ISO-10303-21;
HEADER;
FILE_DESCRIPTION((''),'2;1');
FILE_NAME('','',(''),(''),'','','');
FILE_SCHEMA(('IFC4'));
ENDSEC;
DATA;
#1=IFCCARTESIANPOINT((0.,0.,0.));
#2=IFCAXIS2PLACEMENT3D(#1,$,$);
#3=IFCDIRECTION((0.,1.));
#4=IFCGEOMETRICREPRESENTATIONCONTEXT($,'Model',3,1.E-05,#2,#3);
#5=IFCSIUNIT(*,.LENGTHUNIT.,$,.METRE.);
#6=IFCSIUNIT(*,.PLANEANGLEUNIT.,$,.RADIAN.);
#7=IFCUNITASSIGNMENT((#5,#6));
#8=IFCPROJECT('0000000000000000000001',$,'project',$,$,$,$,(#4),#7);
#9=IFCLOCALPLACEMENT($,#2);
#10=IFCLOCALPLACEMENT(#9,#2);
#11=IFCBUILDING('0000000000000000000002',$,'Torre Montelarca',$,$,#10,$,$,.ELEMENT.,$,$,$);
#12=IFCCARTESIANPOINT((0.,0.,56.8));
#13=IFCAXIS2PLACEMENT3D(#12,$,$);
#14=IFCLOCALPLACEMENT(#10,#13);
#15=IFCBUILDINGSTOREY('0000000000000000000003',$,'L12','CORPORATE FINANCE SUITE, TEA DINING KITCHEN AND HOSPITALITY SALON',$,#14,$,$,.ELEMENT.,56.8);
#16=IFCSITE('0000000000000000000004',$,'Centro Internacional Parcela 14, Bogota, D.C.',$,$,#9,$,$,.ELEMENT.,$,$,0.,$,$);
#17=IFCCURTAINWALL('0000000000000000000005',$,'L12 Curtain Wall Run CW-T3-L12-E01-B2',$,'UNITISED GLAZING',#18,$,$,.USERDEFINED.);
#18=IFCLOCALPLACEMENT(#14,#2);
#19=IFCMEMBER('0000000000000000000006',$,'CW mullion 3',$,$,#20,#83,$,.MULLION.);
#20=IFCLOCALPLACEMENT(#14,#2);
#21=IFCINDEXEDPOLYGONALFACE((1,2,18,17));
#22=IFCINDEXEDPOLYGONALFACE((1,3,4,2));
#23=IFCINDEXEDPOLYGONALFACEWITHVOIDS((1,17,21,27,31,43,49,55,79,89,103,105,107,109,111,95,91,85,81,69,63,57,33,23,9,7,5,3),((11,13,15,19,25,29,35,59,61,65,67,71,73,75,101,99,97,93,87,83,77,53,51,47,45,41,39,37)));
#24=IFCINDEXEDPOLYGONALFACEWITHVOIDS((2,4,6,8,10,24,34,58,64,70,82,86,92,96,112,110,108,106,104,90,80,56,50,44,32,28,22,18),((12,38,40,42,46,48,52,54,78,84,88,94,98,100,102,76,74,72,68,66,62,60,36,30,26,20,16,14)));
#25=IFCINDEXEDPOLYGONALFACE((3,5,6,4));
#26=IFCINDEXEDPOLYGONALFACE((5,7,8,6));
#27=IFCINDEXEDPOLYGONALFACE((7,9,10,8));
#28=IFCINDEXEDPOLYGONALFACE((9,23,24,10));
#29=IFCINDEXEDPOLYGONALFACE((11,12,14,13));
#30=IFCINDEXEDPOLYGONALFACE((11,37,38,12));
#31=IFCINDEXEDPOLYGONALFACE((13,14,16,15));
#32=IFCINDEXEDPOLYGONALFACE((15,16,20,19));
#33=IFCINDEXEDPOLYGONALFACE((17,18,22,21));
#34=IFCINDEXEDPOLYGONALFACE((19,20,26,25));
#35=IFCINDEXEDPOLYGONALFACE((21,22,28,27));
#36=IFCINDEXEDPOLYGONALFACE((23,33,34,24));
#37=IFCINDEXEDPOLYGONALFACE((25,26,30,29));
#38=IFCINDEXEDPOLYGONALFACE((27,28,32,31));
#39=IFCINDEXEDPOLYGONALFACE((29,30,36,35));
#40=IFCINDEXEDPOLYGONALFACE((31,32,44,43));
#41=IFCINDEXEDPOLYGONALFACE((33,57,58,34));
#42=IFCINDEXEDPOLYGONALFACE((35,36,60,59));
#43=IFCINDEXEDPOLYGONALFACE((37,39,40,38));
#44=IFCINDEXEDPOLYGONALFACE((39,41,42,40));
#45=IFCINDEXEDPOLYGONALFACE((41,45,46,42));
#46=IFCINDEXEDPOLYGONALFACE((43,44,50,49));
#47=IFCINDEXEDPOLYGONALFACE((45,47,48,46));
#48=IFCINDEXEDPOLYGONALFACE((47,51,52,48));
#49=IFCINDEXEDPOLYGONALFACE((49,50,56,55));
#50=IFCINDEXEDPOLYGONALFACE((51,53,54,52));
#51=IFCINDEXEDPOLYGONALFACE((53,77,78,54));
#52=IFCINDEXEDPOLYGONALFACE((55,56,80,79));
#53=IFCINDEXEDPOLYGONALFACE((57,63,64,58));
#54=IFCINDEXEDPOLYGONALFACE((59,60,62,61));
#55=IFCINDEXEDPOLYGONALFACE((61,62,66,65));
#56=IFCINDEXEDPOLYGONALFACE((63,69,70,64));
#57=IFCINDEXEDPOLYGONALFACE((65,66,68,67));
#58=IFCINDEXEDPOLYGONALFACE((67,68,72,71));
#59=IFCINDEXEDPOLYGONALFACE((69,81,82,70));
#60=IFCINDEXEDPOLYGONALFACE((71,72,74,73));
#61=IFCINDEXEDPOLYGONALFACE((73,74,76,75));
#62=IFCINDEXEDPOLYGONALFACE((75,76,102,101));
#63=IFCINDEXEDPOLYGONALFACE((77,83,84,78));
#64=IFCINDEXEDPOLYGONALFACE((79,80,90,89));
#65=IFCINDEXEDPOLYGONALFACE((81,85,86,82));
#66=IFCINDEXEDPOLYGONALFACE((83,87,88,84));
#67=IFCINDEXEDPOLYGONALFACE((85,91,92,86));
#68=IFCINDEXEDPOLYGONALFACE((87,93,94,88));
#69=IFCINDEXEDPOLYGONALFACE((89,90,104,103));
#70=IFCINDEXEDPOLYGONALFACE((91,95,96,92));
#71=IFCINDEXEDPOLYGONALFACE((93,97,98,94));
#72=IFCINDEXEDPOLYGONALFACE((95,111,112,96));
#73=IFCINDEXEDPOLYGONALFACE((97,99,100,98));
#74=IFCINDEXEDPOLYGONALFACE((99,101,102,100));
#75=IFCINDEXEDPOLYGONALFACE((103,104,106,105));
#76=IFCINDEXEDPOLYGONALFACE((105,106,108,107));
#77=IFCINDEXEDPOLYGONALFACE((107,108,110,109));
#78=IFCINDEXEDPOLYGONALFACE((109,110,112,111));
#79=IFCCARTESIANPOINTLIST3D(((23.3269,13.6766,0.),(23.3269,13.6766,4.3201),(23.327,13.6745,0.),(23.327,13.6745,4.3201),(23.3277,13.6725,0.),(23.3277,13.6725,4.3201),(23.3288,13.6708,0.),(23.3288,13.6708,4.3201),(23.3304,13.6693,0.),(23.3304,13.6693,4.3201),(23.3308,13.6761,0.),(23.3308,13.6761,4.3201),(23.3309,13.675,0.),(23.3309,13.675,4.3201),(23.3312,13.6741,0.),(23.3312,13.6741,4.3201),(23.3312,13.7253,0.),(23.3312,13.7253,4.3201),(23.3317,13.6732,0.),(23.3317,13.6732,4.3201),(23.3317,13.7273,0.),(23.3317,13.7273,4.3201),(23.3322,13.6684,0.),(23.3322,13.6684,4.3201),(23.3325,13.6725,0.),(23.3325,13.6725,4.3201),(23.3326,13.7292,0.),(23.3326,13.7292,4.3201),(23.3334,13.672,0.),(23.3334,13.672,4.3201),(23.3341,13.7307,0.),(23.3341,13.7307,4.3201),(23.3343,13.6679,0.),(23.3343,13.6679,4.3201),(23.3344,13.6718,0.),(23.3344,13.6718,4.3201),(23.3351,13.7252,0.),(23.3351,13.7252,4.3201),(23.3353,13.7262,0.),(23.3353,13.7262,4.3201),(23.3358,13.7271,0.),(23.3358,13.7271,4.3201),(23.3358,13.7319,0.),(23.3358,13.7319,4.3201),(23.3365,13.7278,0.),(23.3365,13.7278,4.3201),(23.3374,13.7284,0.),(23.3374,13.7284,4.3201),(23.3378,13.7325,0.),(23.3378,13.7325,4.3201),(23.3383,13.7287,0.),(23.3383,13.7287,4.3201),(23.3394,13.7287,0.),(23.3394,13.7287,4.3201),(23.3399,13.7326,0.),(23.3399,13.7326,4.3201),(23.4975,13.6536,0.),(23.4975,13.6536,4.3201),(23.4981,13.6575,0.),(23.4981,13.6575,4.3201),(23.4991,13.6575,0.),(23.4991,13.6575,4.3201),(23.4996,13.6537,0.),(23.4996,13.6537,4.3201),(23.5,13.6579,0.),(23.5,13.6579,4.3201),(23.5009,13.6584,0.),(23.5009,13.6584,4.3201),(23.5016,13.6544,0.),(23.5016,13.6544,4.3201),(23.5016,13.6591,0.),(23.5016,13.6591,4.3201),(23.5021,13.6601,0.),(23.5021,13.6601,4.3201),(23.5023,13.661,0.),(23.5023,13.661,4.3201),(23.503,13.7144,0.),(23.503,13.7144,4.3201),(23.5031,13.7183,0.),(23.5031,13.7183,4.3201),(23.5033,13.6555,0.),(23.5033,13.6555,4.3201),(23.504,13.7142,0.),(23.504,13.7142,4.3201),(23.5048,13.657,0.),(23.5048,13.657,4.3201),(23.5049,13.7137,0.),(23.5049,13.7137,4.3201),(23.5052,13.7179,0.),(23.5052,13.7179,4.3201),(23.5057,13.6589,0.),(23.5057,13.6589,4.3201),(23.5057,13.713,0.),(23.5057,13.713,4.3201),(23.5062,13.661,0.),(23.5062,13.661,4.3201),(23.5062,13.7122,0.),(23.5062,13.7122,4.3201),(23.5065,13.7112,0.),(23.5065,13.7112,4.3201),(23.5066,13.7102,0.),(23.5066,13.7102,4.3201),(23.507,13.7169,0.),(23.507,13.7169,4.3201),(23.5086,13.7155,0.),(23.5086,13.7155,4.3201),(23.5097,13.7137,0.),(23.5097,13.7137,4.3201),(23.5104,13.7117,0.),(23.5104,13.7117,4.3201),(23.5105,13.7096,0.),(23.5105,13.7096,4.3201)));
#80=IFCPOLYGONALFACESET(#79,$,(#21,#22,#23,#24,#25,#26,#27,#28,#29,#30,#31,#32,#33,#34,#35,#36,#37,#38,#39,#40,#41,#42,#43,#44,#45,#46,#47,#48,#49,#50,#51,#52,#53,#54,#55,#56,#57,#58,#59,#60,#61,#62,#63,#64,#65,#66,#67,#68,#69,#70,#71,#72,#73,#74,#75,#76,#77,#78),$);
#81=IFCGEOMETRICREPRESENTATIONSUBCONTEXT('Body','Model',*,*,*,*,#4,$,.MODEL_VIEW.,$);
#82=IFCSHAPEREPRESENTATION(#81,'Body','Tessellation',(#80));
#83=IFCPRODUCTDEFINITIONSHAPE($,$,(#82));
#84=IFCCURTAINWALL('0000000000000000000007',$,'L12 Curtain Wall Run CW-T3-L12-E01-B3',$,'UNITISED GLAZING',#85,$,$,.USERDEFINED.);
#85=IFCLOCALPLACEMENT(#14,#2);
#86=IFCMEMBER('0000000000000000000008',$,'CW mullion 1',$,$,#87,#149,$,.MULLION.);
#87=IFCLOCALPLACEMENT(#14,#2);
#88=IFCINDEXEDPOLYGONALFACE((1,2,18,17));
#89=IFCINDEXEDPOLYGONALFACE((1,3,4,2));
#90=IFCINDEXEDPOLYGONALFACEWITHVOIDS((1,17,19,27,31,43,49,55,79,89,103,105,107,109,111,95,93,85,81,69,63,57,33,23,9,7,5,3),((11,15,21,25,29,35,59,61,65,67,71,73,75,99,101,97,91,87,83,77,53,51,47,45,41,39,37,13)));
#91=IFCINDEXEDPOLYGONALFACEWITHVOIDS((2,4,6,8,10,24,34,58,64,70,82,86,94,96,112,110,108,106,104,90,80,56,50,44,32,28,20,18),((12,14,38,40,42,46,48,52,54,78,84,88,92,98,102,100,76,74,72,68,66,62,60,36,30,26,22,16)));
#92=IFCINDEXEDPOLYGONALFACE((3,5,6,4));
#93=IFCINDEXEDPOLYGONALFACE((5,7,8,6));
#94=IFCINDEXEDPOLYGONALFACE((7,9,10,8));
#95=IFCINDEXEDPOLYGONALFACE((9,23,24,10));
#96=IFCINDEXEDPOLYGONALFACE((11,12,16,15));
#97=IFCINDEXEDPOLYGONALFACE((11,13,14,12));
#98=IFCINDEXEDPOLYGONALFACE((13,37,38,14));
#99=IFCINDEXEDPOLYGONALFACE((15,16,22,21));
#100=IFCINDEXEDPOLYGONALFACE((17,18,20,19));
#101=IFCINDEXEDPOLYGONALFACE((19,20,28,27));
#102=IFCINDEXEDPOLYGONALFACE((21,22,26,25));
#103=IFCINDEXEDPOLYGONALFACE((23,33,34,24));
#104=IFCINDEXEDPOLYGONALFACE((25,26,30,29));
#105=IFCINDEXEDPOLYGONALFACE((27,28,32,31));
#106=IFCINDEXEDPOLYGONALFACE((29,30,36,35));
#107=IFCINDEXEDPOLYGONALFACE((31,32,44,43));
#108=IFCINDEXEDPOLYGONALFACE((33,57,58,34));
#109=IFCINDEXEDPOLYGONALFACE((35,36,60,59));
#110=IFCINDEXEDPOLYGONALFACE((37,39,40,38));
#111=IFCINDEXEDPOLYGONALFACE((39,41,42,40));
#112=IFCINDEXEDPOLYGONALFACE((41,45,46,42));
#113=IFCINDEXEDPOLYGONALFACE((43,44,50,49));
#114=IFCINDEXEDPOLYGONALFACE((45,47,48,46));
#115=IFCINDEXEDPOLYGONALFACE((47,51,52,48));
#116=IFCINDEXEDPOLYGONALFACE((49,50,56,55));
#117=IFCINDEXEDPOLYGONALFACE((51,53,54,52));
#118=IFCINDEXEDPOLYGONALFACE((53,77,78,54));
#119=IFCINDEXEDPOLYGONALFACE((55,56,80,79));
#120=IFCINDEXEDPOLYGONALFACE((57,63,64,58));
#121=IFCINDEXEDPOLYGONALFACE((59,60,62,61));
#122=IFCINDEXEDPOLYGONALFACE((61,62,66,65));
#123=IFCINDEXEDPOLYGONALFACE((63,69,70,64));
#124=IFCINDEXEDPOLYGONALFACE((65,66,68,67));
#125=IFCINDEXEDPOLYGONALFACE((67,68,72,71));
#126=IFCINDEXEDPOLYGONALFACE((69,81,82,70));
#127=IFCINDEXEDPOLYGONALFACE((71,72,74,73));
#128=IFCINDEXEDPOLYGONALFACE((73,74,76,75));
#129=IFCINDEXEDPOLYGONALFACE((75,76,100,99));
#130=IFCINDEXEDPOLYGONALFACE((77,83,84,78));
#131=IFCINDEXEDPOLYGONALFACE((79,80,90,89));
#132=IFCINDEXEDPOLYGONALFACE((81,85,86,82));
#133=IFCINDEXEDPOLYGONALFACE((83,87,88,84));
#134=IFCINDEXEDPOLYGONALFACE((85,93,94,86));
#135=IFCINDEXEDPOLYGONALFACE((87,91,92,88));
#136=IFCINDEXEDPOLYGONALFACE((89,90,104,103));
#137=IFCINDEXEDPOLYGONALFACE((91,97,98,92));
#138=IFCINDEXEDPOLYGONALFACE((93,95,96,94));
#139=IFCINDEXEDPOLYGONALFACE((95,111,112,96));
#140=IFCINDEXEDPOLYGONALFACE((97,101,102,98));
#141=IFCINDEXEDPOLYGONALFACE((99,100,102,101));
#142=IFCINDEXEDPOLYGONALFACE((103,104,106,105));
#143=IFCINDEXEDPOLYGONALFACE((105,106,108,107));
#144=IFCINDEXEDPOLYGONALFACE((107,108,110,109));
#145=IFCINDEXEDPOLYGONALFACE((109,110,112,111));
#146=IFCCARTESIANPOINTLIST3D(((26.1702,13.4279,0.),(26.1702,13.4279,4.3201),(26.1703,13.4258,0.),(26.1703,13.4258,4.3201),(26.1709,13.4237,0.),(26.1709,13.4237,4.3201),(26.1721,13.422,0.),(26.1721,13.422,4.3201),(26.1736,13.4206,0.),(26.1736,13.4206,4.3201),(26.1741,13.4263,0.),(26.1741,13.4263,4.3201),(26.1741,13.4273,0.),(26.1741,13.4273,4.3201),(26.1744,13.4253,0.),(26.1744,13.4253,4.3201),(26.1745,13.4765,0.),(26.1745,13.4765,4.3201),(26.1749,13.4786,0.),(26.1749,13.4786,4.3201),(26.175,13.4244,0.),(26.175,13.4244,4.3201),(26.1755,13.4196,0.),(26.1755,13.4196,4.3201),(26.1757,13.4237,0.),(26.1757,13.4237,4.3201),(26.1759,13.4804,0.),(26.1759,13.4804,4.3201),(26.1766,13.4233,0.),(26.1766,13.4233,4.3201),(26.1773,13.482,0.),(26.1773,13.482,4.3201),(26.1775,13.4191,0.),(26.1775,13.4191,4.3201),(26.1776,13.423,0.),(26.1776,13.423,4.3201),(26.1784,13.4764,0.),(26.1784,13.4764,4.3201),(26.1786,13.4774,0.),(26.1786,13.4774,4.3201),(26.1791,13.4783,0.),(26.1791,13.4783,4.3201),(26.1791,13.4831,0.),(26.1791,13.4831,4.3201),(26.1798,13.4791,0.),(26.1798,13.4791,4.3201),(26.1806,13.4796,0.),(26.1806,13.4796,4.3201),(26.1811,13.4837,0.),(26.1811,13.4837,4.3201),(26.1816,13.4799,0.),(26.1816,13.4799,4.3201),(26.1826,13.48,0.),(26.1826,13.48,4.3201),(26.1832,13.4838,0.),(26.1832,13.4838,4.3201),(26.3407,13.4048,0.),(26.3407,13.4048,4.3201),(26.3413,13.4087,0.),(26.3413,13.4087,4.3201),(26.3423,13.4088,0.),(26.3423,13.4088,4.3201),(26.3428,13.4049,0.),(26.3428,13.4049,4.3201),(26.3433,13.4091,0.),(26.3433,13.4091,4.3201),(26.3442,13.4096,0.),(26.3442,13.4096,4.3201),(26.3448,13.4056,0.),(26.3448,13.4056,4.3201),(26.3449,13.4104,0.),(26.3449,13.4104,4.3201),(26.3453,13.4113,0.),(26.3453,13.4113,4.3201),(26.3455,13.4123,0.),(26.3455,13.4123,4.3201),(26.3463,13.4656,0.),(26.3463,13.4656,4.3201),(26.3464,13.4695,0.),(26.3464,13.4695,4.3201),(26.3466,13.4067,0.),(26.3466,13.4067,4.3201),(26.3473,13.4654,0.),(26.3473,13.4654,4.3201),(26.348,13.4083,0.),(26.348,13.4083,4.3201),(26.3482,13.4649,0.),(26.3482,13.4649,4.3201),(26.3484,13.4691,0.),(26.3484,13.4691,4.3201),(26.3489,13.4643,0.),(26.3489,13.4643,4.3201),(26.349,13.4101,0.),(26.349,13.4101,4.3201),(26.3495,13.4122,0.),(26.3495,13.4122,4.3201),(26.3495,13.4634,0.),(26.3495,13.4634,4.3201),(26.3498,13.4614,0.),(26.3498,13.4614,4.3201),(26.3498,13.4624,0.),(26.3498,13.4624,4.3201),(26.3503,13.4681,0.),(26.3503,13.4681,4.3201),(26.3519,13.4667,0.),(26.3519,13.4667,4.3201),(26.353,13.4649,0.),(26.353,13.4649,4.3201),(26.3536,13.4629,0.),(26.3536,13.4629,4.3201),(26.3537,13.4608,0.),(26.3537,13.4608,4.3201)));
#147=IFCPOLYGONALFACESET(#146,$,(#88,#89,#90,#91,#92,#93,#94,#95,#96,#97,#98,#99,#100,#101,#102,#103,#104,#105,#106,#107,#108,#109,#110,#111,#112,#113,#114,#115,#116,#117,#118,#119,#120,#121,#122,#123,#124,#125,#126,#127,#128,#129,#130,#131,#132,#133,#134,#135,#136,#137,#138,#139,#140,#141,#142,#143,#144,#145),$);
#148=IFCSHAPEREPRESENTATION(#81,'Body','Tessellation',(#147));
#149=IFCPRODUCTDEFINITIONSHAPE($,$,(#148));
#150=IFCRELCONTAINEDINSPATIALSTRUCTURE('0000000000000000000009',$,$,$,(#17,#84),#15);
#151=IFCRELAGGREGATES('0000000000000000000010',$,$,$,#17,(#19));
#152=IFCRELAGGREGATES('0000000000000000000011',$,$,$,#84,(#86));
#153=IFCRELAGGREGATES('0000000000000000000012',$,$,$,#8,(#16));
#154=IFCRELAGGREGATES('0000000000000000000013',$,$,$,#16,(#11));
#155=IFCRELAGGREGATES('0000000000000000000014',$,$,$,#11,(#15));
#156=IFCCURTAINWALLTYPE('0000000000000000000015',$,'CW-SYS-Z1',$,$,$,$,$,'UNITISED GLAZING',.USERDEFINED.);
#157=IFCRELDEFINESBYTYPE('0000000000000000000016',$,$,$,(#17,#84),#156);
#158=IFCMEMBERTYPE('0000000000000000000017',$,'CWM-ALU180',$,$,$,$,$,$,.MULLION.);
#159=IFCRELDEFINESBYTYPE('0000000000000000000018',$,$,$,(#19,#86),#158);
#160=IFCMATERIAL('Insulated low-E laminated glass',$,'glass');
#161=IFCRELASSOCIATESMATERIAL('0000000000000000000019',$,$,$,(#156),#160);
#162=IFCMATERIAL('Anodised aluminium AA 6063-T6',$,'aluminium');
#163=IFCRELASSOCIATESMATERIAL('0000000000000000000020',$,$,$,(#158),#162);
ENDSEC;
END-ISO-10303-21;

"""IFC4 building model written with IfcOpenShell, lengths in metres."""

from ifc_helpers import new_model, si_unit, direction, frame, origin, origin_2d, place, context, subcontext, project, spatial, hollow_rectangle, extrude, source, transform, mapped, material, material_profile, profile_set, type_object, element, aggregate, save


model = new_model("IFC4")

# Units and contexts
model_context = context("Model", 3, precision=1e-05, world=origin(), true_north=direction((0.0, 1.0)))
body_context = subcontext(model_context, "Body", "Model", "MODEL_VIEW")
ifc_project = project(units=[si_unit("LENGTHUNIT", "METRE"), si_unit("PLANEANGLEUNIT", "RADIAN")], contexts=[model_context])

# Site, building, storey
site_placement = place(None, origin())
site = spatial("IfcSite", under=ifc_project, at=site_placement, Name="Centro Internacional Parcela 14, Bogota, D.C.", CompositionType="ELEMENT", RefElevation=0.0)
building_placement = place(site_placement, origin())
building = spatial("IfcBuilding", under=site, at=building_placement, Name="Torre Montelarca", CompositionType="ELEMENT")
storey_placement = place(building_placement, frame((0.0, 0.0, 56.8)))
storey = spatial("IfcBuildingStorey", under=building, at=storey_placement, Name="L12", Description="CORPORATE FINANCE SUITE, TEA DINING KITCHEN AND HOSPITALITY SALON", CompositionType="ELEMENT", Elevation=56.8)

# Curtain wall, member
ifc_material_1 = material(Name="Insulated low-E laminated glass", Category="glass")
curtain_wall_type = type_object("IfcCurtainWallType", Name="CW-SYS-Z1", ElementType="UNITISED GLAZING", PredefinedType="USERDEFINED", material=ifc_material_1)
curtain_wall_1_placement = place(storey_placement, origin())
curtain_wall_1 = element("IfcCurtainWall", 1, at=curtain_wall_1_placement, inside=storey, type_object=curtain_wall_type, Name="L12 Curtain Wall Run CW-T3-L12-E01-B2", ObjectType="UNITISED GLAZING", PredefinedType="USERDEFINED")
ifc_material_2 = material(Name="Anodised aluminium AA 6063-T6", Category="aluminium")
ifc_material_profile_1 = material_profile(ifc_material_2, hollow_rectangle(XDim=0.0649, YDim=0.1799, WallThickness=0.0039, InnerFilletRadius=0.0039, OuterFilletRadius=0.0081, at=origin_2d()), Name="ALU65X180X4", Category="aluminium")
ifc_profile_set_1 = profile_set([ifc_material_profile_1], Name="Anodised aluminium AA 6063-T6")
member_type_1 = type_object("IfcMemberType", Name="CWM-ALU180", PredefinedType="MULLION", material=ifc_profile_set_1)
shared_shape_1 = source(origin(), body_context, "Body", "SweptSolid", [
    extrude(hollow_rectangle(XDim=0.0649, YDim=0.1799, WallThickness=0.0039, InnerFilletRadius=0.0039, OuterFilletRadius=0.0081, at=origin_2d()), origin(), (0.0, 0.0, 1.0), 4.3201),
])
member_1_placement = place(storey_placement, frame((23.4187, 13.6931, 0.0), z_axis=(0.0, 0.0, 1.0), x_axis=(0.08716, 0.996194, 0.0)))
member_1 = element("IfcMember", 2, at=member_1_placement, type_object=member_type_1, Name="CW mullion 3", PredefinedType="MULLION", context=body_context, shape_type="MappedRepresentation", body=[
    mapped(shared_shape_1, transform((0.0, 0.0, 0.0), scale=1.0)),
])
aggregate(curtain_wall_1, [member_1])

# Curtain wall, member
curtain_wall_2_placement = place(storey_placement, origin())
curtain_wall_2 = element("IfcCurtainWall", 3, at=curtain_wall_2_placement, inside=storey, type_object=curtain_wall_type, Name="L12 Curtain Wall Run CW-T3-L12-E01-B3", ObjectType="UNITISED GLAZING", PredefinedType="USERDEFINED")
member_2_placement = place(storey_placement, frame((26.262, 13.4443, 0.0), z_axis=(0.0, 0.0, 1.0), x_axis=(0.08716, 0.996194, 0.0)))
member_2 = element("IfcMember", 4, at=member_2_placement, type_object=member_type_1, Name="CW mullion 1", PredefinedType="MULLION", context=body_context, shape_type="MappedRepresentation", body=[
    mapped(shared_shape_1, transform((0.0, 0.0, 0.0), scale=1.0)),
])

aggregate(curtain_wall_2, [member_2])

save(model, "model.ifc")
